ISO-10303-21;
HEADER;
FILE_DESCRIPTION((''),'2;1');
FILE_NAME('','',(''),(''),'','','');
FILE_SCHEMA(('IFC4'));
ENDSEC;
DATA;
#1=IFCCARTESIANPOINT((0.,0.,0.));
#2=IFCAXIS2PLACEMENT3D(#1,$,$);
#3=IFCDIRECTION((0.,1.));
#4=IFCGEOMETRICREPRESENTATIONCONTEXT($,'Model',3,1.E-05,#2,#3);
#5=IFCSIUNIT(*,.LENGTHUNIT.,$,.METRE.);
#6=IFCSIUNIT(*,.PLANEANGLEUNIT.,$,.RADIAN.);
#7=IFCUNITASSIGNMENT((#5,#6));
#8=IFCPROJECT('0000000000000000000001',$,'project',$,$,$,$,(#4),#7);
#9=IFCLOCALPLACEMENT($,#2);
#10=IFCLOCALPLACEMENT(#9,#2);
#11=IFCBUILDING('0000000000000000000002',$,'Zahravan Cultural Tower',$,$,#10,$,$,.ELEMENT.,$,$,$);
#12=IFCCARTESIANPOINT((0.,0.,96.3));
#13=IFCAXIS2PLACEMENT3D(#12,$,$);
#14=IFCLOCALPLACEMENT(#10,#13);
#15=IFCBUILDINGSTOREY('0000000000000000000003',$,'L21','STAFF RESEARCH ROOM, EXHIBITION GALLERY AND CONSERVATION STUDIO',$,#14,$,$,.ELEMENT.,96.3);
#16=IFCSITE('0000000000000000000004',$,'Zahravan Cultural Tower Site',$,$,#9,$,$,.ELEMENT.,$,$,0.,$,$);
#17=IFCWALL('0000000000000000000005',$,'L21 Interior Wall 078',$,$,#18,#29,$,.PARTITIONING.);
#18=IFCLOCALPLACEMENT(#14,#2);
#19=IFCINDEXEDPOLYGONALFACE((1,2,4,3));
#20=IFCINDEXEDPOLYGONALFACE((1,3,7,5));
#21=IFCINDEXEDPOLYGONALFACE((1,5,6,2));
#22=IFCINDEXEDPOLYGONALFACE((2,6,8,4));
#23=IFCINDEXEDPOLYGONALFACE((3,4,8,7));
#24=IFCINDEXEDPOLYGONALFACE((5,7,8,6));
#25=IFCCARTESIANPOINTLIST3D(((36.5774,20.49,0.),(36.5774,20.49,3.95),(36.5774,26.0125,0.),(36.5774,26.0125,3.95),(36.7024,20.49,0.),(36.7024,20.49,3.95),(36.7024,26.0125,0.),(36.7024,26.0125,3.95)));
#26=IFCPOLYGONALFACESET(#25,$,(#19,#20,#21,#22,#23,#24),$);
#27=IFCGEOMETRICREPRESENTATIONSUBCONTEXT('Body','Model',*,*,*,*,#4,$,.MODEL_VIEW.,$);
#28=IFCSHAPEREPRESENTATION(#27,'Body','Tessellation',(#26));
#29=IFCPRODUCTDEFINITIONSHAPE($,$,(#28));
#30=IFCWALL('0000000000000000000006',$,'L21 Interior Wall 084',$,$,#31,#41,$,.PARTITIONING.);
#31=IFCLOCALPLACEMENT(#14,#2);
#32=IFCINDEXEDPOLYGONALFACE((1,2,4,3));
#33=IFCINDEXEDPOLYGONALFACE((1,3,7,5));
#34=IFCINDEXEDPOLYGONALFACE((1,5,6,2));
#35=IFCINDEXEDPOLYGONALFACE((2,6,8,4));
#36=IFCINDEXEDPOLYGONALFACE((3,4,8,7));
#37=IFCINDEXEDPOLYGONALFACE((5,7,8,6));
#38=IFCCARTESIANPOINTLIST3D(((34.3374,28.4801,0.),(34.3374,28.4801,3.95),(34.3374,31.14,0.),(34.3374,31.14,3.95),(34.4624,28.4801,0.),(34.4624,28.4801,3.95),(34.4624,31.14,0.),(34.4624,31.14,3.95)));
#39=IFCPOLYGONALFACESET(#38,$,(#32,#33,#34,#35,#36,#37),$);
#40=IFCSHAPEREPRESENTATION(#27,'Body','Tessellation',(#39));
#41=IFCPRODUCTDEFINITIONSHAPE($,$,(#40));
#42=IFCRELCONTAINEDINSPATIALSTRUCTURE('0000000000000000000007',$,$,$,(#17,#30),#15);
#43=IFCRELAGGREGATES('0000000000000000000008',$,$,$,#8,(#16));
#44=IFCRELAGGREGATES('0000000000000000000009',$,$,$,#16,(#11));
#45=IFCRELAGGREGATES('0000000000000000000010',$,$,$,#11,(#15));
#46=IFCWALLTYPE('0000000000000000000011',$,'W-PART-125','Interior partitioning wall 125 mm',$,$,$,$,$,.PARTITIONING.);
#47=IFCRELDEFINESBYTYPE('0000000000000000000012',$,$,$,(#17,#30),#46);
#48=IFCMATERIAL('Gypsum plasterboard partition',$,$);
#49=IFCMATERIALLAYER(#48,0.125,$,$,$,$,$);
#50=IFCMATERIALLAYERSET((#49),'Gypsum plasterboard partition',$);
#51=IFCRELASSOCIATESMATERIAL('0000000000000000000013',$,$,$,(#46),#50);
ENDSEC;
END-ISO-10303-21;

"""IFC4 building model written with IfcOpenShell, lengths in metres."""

from ifc_helpers import new_model, si_unit, direction, frame, frame_2d, origin, place, context, subcontext, project, spatial, rectangle, extrude, source, transform, mapped, material, layer, layer_set, type_object, element, save


model = new_model("IFC4")

# Units and contexts
model_context = context("Model", 3, precision=1e-05, world=origin(), true_north=direction((0.0, 1.0)))
body_context = subcontext(model_context, "Body", "Model", "MODEL_VIEW")
ifc_project = project(units=[si_unit("LENGTHUNIT", "METRE"), si_unit("PLANEANGLEUNIT", "RADIAN")], contexts=[model_context])

# Site, building, storey
site_placement = place(None, origin())
site = spatial("IfcSite", under=ifc_project, at=site_placement, Name="Zahravan Cultural Tower Site", CompositionType="ELEMENT", RefElevation=0.0)
building_placement = place(site_placement, origin())
building = spatial("IfcBuilding", under=site, at=building_placement, Name="Zahravan Cultural Tower", CompositionType="ELEMENT")
storey_placement = place(building_placement, frame((0.0, 0.0, 96.3)))
storey = spatial("IfcBuildingStorey", under=building, at=storey_placement, Name="L21", Description="STAFF RESEARCH ROOM, EXHIBITION GALLERY AND CONSERVATION STUDIO", CompositionType="ELEMENT", Elevation=96.3)

# Shared definitions
ifc_material_1 = material(Name="Gypsum plasterboard partition")
ifc_layer_1 = layer(ifc_material_1, 0.125)
ifc_layer_set_1 = layer_set([ifc_layer_1], Name="Gypsum plasterboard partition")
wall_type_1 = type_object("IfcWallType", Name="W-PART-125", Description="Interior partitioning wall 125 mm", PredefinedType="PARTITIONING", material=ifc_layer_set_1)

# Walls
shared_shape_1 = source(origin(), body_context, "Body", "SweptSolid", [
    extrude(rectangle(XDim=5.5225, YDim=0.125, at=frame_2d((2.7612, 0.0))), origin(), (0.0, 0.0, 1.0), 3.95),
])
wall_1_placement = place(storey_placement, frame((36.6399, 26.0125, 0.0), z_axis=(0.0, 0.0, 1.0), x_axis=(0.0, -1.0, 0.0)))
element("IfcWall", 1, at=wall_1_placement, inside=storey, type_object=wall_type_1, Name="L21 Interior Wall 078", PredefinedType="PARTITIONING", context=body_context, shape_type="MappedRepresentation", body=[
    mapped(shared_shape_1, transform((0.0, 0.0, 0.0), x_axis=(1.0, 0.0, 0.0), y_axis=(0.0, 1.0, 0.0), z_axis=(0.0, 0.0, 1.0), scale=1.0)),
])
shared_shape_2 = source(origin(), body_context, "Body", "SweptSolid", [
    extrude(rectangle(XDim=2.6599, YDim=0.125, at=frame_2d((1.3301, 0.0))), origin(), (0.0, 0.0, 1.0), 3.95),
])
wall_2_placement = place(storey_placement, frame((34.3999, 28.48, 0.0), z_axis=(0.0, 0.0, 1.0), x_axis=(0.0, 1.0, 0.0)))
element("IfcWall", 2, at=wall_2_placement, inside=storey, type_object=wall_type_1, Name="L21 Interior Wall 084", PredefinedType="PARTITIONING", context=body_context, shape_type="MappedRepresentation", body=[
    mapped(shared_shape_2, transform((0.0, 0.0, 0.0), x_axis=(1.0, 0.0, 0.0), y_axis=(0.0, 1.0, 0.0), z_axis=(0.0, 0.0, 1.0), scale=1.0)),
])

save(model, "model.ifc")
